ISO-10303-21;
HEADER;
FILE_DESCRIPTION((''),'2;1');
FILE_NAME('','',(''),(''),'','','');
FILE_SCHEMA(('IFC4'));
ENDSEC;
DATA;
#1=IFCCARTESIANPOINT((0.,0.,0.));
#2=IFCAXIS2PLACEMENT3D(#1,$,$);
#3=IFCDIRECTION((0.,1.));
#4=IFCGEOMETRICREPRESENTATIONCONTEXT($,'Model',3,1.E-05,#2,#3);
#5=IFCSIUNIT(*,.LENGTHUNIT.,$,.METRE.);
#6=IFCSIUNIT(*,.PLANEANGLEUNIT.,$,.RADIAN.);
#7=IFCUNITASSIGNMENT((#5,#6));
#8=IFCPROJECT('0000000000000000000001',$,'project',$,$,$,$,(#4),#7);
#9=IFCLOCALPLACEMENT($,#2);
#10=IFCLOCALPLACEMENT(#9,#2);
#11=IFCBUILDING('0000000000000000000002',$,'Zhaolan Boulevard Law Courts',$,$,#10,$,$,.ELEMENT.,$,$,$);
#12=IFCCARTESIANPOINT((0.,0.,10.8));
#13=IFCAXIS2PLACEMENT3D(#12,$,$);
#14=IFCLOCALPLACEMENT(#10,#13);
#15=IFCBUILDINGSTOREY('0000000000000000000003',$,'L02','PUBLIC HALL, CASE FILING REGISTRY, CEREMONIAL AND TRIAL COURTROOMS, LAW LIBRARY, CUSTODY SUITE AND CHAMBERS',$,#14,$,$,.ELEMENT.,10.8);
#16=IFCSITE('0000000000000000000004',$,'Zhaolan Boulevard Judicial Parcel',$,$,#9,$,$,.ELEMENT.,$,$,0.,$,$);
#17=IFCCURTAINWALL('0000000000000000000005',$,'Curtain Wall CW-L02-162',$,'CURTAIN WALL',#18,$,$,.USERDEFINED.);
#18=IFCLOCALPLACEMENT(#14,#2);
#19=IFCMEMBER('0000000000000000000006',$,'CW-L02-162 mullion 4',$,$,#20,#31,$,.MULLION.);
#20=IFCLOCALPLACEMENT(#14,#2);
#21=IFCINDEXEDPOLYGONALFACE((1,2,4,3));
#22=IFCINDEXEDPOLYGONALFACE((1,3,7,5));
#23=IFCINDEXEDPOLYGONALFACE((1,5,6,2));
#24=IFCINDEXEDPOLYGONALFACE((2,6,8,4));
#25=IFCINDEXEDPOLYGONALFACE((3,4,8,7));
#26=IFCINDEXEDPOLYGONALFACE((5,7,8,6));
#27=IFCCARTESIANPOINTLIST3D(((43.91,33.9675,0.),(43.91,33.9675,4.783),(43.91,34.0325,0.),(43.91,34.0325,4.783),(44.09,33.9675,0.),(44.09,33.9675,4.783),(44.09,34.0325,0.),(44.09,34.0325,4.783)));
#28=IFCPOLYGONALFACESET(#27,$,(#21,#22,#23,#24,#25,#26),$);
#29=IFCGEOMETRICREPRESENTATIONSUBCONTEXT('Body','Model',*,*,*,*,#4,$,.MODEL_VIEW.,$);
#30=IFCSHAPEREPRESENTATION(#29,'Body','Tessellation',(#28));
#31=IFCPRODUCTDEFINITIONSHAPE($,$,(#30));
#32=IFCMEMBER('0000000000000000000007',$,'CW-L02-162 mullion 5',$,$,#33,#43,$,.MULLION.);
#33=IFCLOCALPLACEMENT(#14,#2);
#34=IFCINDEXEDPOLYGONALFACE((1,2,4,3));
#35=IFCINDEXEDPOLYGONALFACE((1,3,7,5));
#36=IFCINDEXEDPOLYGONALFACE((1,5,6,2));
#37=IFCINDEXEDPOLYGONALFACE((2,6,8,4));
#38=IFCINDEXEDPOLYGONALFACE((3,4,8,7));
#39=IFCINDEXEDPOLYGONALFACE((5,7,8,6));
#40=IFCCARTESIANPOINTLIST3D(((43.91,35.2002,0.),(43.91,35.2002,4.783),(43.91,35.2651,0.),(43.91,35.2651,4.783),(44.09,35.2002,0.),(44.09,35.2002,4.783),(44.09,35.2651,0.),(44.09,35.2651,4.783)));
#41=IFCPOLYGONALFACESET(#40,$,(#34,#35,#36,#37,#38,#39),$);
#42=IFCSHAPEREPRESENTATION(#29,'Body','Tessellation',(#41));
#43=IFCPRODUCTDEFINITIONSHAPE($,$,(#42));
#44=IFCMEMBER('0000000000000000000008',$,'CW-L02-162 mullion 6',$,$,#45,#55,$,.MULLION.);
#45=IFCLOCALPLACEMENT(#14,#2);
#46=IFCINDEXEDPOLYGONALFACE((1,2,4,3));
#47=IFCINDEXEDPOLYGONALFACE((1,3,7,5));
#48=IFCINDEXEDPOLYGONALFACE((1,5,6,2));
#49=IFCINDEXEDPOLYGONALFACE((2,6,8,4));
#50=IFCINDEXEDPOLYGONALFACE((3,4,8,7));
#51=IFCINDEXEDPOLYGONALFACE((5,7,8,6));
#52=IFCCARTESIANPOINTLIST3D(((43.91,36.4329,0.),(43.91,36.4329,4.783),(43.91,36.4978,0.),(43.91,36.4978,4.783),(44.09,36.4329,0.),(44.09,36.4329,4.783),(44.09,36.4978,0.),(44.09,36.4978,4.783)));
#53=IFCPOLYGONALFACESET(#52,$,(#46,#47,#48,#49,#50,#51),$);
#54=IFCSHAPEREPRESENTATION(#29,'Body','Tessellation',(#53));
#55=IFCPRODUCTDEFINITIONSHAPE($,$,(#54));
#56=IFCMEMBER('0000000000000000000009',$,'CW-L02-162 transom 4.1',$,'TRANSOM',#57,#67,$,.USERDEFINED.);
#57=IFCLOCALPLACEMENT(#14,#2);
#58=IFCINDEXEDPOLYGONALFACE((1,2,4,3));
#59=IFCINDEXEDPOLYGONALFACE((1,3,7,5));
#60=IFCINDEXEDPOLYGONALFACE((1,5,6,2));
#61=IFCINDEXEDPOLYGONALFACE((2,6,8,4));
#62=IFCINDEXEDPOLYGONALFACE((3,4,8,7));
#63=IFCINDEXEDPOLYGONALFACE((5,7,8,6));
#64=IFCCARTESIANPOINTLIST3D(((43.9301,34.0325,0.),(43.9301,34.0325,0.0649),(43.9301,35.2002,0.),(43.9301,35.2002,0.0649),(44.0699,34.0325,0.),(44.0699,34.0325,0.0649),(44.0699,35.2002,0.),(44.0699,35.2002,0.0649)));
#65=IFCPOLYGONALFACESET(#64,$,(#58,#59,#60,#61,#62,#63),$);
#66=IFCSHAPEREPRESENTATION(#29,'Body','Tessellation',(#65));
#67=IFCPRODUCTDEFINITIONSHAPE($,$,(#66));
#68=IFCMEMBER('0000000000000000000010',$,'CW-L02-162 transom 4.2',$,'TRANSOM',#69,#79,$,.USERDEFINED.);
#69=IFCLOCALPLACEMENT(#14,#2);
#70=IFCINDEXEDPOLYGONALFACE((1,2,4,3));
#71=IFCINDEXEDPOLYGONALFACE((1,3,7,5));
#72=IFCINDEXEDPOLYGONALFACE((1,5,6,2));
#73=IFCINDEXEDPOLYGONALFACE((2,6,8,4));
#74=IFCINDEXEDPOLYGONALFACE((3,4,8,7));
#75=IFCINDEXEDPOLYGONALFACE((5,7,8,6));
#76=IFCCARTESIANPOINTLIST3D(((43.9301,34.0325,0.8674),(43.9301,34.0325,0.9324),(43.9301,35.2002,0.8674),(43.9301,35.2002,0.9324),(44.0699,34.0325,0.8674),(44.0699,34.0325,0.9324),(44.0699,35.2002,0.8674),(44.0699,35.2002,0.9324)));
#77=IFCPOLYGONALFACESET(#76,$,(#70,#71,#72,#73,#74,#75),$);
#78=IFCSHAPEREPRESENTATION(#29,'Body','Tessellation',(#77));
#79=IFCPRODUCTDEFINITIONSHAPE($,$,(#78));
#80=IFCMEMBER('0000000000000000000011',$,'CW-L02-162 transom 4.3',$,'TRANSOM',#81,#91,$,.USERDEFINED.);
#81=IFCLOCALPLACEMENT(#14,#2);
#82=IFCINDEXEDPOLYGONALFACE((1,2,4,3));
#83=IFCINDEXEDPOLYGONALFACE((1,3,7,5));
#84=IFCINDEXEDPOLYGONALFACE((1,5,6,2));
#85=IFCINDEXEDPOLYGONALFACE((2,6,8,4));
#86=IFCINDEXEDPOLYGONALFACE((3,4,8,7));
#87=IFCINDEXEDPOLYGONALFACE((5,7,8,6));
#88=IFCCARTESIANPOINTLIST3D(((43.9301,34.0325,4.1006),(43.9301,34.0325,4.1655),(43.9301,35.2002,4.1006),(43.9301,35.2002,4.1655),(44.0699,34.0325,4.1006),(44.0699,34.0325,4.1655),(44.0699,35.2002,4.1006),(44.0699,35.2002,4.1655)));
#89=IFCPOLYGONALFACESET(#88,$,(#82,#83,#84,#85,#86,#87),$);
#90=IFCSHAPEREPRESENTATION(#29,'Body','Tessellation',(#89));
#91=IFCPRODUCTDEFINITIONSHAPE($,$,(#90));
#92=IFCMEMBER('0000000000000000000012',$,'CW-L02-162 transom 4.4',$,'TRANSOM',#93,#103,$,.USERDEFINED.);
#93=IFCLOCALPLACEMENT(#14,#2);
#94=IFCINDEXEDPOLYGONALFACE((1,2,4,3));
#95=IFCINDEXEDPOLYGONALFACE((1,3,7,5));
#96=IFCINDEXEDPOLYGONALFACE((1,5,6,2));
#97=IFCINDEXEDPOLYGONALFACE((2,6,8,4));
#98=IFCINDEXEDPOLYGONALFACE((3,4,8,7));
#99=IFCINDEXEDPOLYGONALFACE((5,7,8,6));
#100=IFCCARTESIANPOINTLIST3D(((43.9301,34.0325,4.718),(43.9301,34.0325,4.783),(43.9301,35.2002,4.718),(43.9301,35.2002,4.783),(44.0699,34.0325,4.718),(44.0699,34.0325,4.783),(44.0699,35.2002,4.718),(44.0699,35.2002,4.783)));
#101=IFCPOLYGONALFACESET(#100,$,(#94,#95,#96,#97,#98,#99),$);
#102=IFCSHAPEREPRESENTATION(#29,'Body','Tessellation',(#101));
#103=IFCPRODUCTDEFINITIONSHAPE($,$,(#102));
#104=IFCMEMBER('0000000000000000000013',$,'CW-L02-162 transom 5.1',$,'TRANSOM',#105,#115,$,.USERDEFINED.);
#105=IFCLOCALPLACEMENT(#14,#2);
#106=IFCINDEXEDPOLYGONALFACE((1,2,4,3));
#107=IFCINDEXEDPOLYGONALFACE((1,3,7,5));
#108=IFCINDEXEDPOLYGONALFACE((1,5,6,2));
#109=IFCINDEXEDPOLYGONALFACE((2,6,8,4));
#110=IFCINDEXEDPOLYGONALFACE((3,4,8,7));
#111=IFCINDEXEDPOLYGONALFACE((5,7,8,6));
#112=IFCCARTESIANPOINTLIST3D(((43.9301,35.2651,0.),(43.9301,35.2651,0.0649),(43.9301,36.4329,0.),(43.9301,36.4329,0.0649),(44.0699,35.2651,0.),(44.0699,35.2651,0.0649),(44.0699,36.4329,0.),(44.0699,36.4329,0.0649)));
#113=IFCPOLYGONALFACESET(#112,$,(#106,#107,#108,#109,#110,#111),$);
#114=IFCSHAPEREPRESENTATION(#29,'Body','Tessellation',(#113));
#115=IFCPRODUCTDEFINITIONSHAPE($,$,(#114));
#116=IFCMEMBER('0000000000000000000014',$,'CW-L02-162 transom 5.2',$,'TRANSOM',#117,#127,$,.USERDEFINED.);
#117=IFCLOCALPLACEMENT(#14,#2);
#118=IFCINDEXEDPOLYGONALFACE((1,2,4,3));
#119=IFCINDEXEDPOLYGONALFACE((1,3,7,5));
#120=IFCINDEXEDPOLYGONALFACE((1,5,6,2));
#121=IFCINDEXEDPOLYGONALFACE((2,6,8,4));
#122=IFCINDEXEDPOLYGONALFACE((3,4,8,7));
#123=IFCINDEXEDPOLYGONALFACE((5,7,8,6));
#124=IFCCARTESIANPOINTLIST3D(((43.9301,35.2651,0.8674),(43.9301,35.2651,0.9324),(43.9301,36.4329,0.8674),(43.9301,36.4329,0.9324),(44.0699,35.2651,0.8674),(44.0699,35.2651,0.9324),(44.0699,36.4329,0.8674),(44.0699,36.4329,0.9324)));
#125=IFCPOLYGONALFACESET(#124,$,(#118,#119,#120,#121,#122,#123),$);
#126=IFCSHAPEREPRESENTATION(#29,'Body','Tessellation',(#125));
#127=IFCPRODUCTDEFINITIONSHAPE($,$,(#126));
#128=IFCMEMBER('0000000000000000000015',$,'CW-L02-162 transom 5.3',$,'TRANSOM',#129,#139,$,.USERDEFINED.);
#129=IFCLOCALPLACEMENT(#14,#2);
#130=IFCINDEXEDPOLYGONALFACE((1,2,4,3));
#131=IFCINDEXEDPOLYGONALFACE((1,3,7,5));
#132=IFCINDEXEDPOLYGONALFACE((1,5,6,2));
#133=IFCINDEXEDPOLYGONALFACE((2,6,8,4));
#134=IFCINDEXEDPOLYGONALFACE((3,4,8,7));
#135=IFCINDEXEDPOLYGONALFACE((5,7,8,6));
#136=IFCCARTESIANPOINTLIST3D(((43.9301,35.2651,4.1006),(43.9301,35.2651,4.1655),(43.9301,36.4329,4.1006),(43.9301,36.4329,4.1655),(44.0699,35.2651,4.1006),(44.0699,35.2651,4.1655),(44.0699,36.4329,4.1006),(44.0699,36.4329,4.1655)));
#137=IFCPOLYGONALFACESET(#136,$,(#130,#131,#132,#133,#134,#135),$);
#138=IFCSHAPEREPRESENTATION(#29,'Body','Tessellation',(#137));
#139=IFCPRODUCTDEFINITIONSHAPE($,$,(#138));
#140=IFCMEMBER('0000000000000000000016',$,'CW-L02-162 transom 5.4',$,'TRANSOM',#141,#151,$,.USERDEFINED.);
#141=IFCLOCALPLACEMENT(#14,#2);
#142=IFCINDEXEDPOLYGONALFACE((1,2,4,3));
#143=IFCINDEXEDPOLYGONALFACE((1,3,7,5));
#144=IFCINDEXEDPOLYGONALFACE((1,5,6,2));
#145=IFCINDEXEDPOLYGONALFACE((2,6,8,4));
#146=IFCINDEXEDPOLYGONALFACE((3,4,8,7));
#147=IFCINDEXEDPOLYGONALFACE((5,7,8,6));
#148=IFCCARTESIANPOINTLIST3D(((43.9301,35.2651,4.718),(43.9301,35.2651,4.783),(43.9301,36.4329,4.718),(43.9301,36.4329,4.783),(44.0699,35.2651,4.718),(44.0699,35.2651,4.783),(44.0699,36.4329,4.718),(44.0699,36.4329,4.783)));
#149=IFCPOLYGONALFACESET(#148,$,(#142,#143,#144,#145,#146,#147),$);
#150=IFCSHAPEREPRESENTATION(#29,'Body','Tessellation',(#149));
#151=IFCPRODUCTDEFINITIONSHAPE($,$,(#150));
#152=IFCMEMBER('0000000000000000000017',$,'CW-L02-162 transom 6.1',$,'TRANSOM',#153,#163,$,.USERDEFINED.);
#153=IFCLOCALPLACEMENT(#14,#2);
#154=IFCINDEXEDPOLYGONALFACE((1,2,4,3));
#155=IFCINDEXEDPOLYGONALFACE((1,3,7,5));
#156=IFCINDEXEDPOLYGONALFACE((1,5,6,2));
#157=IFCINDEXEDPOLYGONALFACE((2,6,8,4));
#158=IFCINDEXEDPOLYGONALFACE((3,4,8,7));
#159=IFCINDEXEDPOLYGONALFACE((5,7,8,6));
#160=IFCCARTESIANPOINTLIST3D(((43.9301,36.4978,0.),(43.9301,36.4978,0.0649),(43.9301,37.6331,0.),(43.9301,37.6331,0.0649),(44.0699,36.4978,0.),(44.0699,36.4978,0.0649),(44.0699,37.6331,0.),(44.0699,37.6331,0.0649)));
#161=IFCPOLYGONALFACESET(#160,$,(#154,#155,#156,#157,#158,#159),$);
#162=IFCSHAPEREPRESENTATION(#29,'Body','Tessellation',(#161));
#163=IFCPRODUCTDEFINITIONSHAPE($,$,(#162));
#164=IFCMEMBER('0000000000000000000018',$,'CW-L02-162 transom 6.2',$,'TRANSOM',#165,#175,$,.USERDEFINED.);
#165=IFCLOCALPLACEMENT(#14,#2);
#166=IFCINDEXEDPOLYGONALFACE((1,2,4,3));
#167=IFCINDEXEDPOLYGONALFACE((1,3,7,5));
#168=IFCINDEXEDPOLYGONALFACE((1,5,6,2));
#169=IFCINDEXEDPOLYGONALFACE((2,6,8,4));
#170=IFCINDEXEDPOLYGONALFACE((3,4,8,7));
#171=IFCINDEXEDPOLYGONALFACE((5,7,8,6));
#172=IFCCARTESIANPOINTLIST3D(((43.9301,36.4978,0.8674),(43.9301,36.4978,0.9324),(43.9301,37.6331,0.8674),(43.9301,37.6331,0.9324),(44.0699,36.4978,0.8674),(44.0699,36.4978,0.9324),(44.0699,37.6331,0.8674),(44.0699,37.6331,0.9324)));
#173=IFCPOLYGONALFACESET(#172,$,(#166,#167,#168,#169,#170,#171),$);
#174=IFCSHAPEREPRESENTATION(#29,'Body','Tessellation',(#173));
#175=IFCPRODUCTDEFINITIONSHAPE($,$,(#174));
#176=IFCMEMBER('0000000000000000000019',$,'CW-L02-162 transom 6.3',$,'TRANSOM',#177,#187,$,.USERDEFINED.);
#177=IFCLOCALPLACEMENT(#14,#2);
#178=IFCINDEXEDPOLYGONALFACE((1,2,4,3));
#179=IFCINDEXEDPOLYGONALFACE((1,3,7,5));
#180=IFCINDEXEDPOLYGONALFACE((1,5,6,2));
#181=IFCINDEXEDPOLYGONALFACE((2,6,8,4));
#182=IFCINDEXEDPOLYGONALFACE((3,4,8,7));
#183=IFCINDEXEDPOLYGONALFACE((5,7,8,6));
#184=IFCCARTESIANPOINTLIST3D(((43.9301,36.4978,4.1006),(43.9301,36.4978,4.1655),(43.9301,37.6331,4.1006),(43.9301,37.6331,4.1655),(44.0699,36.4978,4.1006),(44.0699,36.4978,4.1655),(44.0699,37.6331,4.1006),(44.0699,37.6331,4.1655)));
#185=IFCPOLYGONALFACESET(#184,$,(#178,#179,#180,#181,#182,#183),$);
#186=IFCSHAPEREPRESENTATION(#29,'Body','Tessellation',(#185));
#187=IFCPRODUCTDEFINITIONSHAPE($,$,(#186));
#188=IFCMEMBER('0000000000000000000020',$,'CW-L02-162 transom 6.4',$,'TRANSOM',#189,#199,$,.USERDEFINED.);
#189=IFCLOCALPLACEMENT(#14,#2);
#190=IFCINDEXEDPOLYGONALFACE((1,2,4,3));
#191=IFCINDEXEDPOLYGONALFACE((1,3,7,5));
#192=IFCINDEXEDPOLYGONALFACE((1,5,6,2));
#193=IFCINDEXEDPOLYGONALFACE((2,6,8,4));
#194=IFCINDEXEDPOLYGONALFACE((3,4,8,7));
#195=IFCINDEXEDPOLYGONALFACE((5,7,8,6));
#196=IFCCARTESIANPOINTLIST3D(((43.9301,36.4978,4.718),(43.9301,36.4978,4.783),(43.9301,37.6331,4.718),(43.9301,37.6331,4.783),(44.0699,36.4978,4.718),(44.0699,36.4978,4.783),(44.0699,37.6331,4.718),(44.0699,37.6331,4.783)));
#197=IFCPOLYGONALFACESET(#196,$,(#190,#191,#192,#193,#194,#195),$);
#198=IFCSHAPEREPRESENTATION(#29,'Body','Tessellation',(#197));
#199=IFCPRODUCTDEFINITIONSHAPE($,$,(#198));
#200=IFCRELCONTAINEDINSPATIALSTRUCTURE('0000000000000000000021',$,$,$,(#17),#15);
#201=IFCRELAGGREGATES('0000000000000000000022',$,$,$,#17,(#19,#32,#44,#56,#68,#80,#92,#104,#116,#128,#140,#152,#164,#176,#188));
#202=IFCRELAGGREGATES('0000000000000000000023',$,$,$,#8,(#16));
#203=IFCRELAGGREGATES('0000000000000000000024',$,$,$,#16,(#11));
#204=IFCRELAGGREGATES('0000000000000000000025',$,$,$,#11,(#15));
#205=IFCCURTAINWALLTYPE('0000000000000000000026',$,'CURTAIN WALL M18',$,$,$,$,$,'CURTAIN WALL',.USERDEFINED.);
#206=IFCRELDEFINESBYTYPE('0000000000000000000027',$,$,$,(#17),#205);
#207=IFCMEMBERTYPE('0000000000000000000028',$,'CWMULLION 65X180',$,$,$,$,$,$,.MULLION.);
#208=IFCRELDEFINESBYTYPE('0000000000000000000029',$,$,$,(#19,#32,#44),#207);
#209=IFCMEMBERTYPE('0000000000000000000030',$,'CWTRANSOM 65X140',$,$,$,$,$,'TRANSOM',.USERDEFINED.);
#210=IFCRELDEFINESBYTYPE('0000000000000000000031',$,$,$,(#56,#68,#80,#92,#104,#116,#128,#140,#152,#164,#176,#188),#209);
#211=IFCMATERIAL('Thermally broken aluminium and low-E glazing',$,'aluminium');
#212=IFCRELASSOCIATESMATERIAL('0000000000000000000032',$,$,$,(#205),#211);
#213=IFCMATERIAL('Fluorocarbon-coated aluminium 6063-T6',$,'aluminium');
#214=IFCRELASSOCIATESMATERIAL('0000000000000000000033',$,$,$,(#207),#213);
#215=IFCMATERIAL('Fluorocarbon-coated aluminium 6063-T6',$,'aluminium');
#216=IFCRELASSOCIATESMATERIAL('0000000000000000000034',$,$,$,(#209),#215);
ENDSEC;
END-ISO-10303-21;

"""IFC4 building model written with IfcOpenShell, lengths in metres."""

from ifc_helpers import new_model, si_unit, direction, frame, origin, origin_2d, place, context, subcontext, project, spatial, rectangle, extrude, material, material_profile, profile_set, type_object, element, aggregate, save


model = new_model("IFC4")

# Units and contexts
model_context = context("Model", 3, precision=1e-05, world=origin(), true_north=direction((0.0, 1.0)))
body_context = subcontext(model_context, "Body", "Model", "MODEL_VIEW")
ifc_project = project(units=[si_unit("LENGTHUNIT", "METRE"), si_unit("PLANEANGLEUNIT", "RADIAN")], contexts=[model_context])

# Site, building, storey
site_placement = place(None, origin())
site = spatial("IfcSite", under=ifc_project, at=site_placement, Name="Zhaolan Boulevard Judicial Parcel", CompositionType="ELEMENT", RefElevation=0.0)
building_placement = place(site_placement, origin())
building = spatial("IfcBuilding", under=site, at=building_placement, Name="Zhaolan Boulevard Law Courts", CompositionType="ELEMENT")
storey_placement = place(building_placement, frame((0.0, 0.0, 10.8)))
storey = spatial("IfcBuildingStorey", under=building, at=storey_placement, Name="L02", Description="PUBLIC HALL, CASE FILING REGISTRY, CEREMONIAL AND TRIAL COURTROOMS, LAW LIBRARY, CUSTODY SUITE AND CHAMBERS", CompositionType="ELEMENT", Elevation=10.8)

# Curtain wall, members
ifc_material_1 = material(Name="Thermally broken aluminium and low-E glazing", Category="aluminium")
curtain_wall_type = type_object("IfcCurtainWallType", Name="CURTAIN WALL M18", ElementType="CURTAIN WALL", PredefinedType="USERDEFINED", material=ifc_material_1)
curtain_wall_placement = place(storey_placement, origin())
curtain_wall = element("IfcCurtainWall", 1, at=curtain_wall_placement, inside=storey, type_object=curtain_wall_type, Name="Curtain Wall CW-L02-162", ObjectType="CURTAIN WALL", PredefinedType="USERDEFINED")
ifc_material_2 = material(Name="Fluorocarbon-coated aluminium 6063-T6", Category="aluminium")
ifc_material_profile_1 = material_profile(ifc_material_2, rectangle(XDim=0.1799, YDim=0.0649, at=origin_2d()), Name="AL65x180")
ifc_profile_set_1 = profile_set([ifc_material_profile_1], Name="Fluorocarbon-coated aluminium 6063-T6")
member_type_1 = type_object("IfcMemberType", Name="CWMULLION 65X180", PredefinedType="MULLION", material=ifc_profile_set_1)
member_1_placement = place(storey_placement, frame((44.0, 34.0, 0.0), z_axis=(0.0, 0.0, 1.0), x_axis=(-1.0, 0.0, 0.0)))
member_1 = element("IfcMember", 2, at=member_1_placement, type_object=member_type_1, Name="CW-L02-162 mullion 4", PredefinedType="MULLION", context=body_context, shape_type="SweptSolid", body=[
    extrude(rectangle(XDim=0.1799, YDim=0.0649, at=origin_2d()), origin(), (0.0, 0.0, 1.0), 4.783),
])
member_2_placement = place(storey_placement, frame((44.0, 35.2327, 0.0), z_axis=(0.0, 0.0, 1.0), x_axis=(-1.0, 0.0, 0.0)))
member_2 = element("IfcMember", 3, at=member_2_placement, type_object=member_type_1, Name="CW-L02-162 mullion 5", PredefinedType="MULLION", context=body_context, shape_type="SweptSolid", body=[
    extrude(rectangle(XDim=0.1799, YDim=0.0649, at=origin_2d()), origin(), (0.0, 0.0, 1.0), 4.783),
])
member_3_placement = place(storey_placement, frame((44.0, 36.4653, 0.0), z_axis=(0.0, 0.0, 1.0), x_axis=(-1.0, 0.0, 0.0)))
member_3 = element("IfcMember", 4, at=member_3_placement, type_object=member_type_1, Name="CW-L02-162 mullion 6", PredefinedType="MULLION", context=body_context, shape_type="SweptSolid", body=[
    extrude(rectangle(XDim=0.1799, YDim=0.0649, at=origin_2d()), origin(), (0.0, 0.0, 1.0), 4.783),
])
ifc_material_3 = material(Name="Fluorocarbon-coated aluminium 6063-T6", Category="aluminium")
ifc_material_profile_2 = material_profile(ifc_material_3, rectangle(XDim=0.1399, YDim=0.0649, at=origin_2d()), Name="AL65x140")
ifc_profile_set_2 = profile_set([ifc_material_profile_2], Name="Fluorocarbon-coated aluminium 6063-T6")
member_type_2 = type_object("IfcMemberType", Name="CWTRANSOM 65X140", ElementType="TRANSOM", PredefinedType="USERDEFINED", material=ifc_profile_set_2)
member_4_placement = place(storey_placement, frame((44.0, 34.0325, 0.0325), z_axis=(0.0, 1.0, 0.0), x_axis=(-1.0, 0.0, 0.0)))
member_4 = element("IfcMember", 5, at=member_4_placement, type_object=member_type_2, Name="CW-L02-162 transom 4.1", ObjectType="TRANSOM", PredefinedType="USERDEFINED", context=body_context, shape_type="SweptSolid", body=[
    extrude(rectangle(XDim=0.1399, YDim=0.0649, at=origin_2d()), origin(), (0.0, 0.0, 1.0), 1.1677),
])
member_5_placement = place(storey_placement, frame((44.0, 34.0325, 0.8999), z_axis=(0.0, 1.0, 0.0), x_axis=(-1.0, 0.0, 0.0)))
member_5 = element("IfcMember", 6, at=member_5_placement, type_object=member_type_2, Name="CW-L02-162 transom 4.2", ObjectType="TRANSOM", PredefinedType="USERDEFINED", context=body_context, shape_type="SweptSolid", body=[
    extrude(rectangle(XDim=0.1399, YDim=0.0649, at=origin_2d()), origin(), (0.0, 0.0, 1.0), 1.1677),
])
member_6_placement = place(storey_placement, frame((44.0, 34.0325, 4.1331), z_axis=(0.0, 1.0, 0.0), x_axis=(-1.0, 0.0, 0.0)))
member_6 = element("IfcMember", 7, at=member_6_placement, type_object=member_type_2, Name="CW-L02-162 transom 4.3", ObjectType="TRANSOM", PredefinedType="USERDEFINED", context=body_context, shape_type="SweptSolid", body=[
    extrude(rectangle(XDim=0.1399, YDim=0.0649, at=origin_2d()), origin(), (0.0, 0.0, 1.0), 1.1677),
])
member_7_placement = place(storey_placement, frame((44.0, 34.0325, 4.7505), z_axis=(0.0, 1.0, 0.0), x_axis=(-1.0, 0.0, 0.0)))
member_7 = element("IfcMember", 8, at=member_7_placement, type_object=member_type_2, Name="CW-L02-162 transom 4.4", ObjectType="TRANSOM", PredefinedType="USERDEFINED", context=body_context, shape_type="SweptSolid", body=[
    extrude(rectangle(XDim=0.1399, YDim=0.0649, at=origin_2d()), origin(), (0.0, 0.0, 1.0), 1.1677),
])
member_8_placement = place(storey_placement, frame((44.0, 35.2651, 0.0325), z_axis=(0.0, 1.0, 0.0), x_axis=(-1.0, 0.0, 0.0)))
member_8 = element("IfcMember", 9, at=member_8_placement, type_object=member_type_2, Name="CW-L02-162 transom 5.1", ObjectType="TRANSOM", PredefinedType="USERDEFINED", context=body_context, shape_type="SweptSolid", body=[
    extrude(rectangle(XDim=0.1399, YDim=0.0649, at=origin_2d()), origin(), (0.0, 0.0, 1.0), 1.1677),
])
member_9_placement = place(storey_placement, frame((44.0, 35.2651, 0.8999), z_axis=(0.0, 1.0, 0.0), x_axis=(-1.0, 0.0, 0.0)))
member_9 = element("IfcMember", 10, at=member_9_placement, type_object=member_type_2, Name="CW-L02-162 transom 5.2", ObjectType="TRANSOM", PredefinedType="USERDEFINED", context=body_context, shape_type="SweptSolid", body=[
    extrude(rectangle(XDim=0.1399, YDim=0.0649, at=origin_2d()), origin(), (0.0, 0.0, 1.0), 1.1677),
])
member_10_placement = place(storey_placement, frame((44.0, 35.2651, 4.1331), z_axis=(0.0, 1.0, 0.0), x_axis=(-1.0, 0.0, 0.0)))
member_10 = element("IfcMember", 11, at=member_10_placement, type_object=member_type_2, Name="CW-L02-162 transom 5.3", ObjectType="TRANSOM", PredefinedType="USERDEFINED", context=body_context, shape_type="SweptSolid", body=[
    extrude(rectangle(XDim=0.1399, YDim=0.0649, at=origin_2d()), origin(), (0.0, 0.0, 1.0), 1.1677),
])
member_11_placement = place(storey_placement, frame((44.0, 35.2651, 4.7505), z_axis=(0.0, 1.0, 0.0), x_axis=(-1.0, 0.0, 0.0)))
member_11 = element("IfcMember", 12, at=member_11_placement, type_object=member_type_2, Name="CW-L02-162 transom 5.4", ObjectType="TRANSOM", PredefinedType="USERDEFINED", context=body_context, shape_type="SweptSolid", body=[
    extrude(rectangle(XDim=0.1399, YDim=0.0649, at=origin_2d()), origin(), (0.0, 0.0, 1.0), 1.1677),
])
member_12_placement = place(storey_placement, frame((44.0, 36.4978, 0.0325), z_axis=(0.0, 1.0, 0.0), x_axis=(-1.0, 0.0, 0.0)))
member_12 = element("IfcMember", 13, at=member_12_placement, type_object=member_type_2, Name="CW-L02-162 transom 6.1", ObjectType="TRANSOM", PredefinedType="USERDEFINED", context=body_context, shape_type="SweptSolid", body=[
    extrude(rectangle(XDim=0.1399, YDim=0.0649, at=origin_2d()), origin(), (0.0, 0.0, 1.0), 1.1353),
])
member_13_placement = place(storey_placement, frame((44.0, 36.4978, 0.8999), z_axis=(0.0, 1.0, 0.0), x_axis=(-1.0, 0.0, 0.0)))
member_13 = element("IfcMember", 14, at=member_13_placement, type_object=member_type_2, Name="CW-L02-162 transom 6.2", ObjectType="TRANSOM", PredefinedType="USERDEFINED", context=body_context, shape_type="SweptSolid", body=[
    extrude(rectangle(XDim=0.1399, YDim=0.0649, at=origin_2d()), origin(), (0.0, 0.0, 1.0), 1.1353),
])
member_14_placement = place(storey_placement, frame((44.0, 36.4978, 4.1331), z_axis=(0.0, 1.0, 0.0), x_axis=(-1.0, 0.0, 0.0)))
member_14 = element("IfcMember", 15, at=member_14_placement, type_object=member_type_2, Name="CW-L02-162 transom 6.3", ObjectType="TRANSOM", PredefinedType="USERDEFINED", context=body_context, shape_type="SweptSolid", body=[
    extrude(rectangle(XDim=0.1399, YDim=0.0649, at=origin_2d()), origin(), (0.0, 0.0, 1.0), 1.1353),
])
member_15_placement = place(storey_placement, frame((44.0, 36.4978, 4.7505), z_axis=(0.0, 1.0, 0.0), x_axis=(-1.0, 0.0, 0.0)))
member_15 = element("IfcMember", 16, at=member_15_placement, type_object=member_type_2, Name="CW-L02-162 transom 6.4", ObjectType="TRANSOM", PredefinedType="USERDEFINED", context=body_context, shape_type="SweptSolid", body=[
    extrude(rectangle(XDim=0.1399, YDim=0.0649, at=origin_2d()), origin(), (0.0, 0.0, 1.0), 1.1353),
])
aggregate(curtain_wall, [member_1, member_2, member_3, member_4, member_5, member_6, member_7, member_8, member_9, member_10, member_11, member_12, member_13, member_14, member_15])

save(model, "model.ifc")
